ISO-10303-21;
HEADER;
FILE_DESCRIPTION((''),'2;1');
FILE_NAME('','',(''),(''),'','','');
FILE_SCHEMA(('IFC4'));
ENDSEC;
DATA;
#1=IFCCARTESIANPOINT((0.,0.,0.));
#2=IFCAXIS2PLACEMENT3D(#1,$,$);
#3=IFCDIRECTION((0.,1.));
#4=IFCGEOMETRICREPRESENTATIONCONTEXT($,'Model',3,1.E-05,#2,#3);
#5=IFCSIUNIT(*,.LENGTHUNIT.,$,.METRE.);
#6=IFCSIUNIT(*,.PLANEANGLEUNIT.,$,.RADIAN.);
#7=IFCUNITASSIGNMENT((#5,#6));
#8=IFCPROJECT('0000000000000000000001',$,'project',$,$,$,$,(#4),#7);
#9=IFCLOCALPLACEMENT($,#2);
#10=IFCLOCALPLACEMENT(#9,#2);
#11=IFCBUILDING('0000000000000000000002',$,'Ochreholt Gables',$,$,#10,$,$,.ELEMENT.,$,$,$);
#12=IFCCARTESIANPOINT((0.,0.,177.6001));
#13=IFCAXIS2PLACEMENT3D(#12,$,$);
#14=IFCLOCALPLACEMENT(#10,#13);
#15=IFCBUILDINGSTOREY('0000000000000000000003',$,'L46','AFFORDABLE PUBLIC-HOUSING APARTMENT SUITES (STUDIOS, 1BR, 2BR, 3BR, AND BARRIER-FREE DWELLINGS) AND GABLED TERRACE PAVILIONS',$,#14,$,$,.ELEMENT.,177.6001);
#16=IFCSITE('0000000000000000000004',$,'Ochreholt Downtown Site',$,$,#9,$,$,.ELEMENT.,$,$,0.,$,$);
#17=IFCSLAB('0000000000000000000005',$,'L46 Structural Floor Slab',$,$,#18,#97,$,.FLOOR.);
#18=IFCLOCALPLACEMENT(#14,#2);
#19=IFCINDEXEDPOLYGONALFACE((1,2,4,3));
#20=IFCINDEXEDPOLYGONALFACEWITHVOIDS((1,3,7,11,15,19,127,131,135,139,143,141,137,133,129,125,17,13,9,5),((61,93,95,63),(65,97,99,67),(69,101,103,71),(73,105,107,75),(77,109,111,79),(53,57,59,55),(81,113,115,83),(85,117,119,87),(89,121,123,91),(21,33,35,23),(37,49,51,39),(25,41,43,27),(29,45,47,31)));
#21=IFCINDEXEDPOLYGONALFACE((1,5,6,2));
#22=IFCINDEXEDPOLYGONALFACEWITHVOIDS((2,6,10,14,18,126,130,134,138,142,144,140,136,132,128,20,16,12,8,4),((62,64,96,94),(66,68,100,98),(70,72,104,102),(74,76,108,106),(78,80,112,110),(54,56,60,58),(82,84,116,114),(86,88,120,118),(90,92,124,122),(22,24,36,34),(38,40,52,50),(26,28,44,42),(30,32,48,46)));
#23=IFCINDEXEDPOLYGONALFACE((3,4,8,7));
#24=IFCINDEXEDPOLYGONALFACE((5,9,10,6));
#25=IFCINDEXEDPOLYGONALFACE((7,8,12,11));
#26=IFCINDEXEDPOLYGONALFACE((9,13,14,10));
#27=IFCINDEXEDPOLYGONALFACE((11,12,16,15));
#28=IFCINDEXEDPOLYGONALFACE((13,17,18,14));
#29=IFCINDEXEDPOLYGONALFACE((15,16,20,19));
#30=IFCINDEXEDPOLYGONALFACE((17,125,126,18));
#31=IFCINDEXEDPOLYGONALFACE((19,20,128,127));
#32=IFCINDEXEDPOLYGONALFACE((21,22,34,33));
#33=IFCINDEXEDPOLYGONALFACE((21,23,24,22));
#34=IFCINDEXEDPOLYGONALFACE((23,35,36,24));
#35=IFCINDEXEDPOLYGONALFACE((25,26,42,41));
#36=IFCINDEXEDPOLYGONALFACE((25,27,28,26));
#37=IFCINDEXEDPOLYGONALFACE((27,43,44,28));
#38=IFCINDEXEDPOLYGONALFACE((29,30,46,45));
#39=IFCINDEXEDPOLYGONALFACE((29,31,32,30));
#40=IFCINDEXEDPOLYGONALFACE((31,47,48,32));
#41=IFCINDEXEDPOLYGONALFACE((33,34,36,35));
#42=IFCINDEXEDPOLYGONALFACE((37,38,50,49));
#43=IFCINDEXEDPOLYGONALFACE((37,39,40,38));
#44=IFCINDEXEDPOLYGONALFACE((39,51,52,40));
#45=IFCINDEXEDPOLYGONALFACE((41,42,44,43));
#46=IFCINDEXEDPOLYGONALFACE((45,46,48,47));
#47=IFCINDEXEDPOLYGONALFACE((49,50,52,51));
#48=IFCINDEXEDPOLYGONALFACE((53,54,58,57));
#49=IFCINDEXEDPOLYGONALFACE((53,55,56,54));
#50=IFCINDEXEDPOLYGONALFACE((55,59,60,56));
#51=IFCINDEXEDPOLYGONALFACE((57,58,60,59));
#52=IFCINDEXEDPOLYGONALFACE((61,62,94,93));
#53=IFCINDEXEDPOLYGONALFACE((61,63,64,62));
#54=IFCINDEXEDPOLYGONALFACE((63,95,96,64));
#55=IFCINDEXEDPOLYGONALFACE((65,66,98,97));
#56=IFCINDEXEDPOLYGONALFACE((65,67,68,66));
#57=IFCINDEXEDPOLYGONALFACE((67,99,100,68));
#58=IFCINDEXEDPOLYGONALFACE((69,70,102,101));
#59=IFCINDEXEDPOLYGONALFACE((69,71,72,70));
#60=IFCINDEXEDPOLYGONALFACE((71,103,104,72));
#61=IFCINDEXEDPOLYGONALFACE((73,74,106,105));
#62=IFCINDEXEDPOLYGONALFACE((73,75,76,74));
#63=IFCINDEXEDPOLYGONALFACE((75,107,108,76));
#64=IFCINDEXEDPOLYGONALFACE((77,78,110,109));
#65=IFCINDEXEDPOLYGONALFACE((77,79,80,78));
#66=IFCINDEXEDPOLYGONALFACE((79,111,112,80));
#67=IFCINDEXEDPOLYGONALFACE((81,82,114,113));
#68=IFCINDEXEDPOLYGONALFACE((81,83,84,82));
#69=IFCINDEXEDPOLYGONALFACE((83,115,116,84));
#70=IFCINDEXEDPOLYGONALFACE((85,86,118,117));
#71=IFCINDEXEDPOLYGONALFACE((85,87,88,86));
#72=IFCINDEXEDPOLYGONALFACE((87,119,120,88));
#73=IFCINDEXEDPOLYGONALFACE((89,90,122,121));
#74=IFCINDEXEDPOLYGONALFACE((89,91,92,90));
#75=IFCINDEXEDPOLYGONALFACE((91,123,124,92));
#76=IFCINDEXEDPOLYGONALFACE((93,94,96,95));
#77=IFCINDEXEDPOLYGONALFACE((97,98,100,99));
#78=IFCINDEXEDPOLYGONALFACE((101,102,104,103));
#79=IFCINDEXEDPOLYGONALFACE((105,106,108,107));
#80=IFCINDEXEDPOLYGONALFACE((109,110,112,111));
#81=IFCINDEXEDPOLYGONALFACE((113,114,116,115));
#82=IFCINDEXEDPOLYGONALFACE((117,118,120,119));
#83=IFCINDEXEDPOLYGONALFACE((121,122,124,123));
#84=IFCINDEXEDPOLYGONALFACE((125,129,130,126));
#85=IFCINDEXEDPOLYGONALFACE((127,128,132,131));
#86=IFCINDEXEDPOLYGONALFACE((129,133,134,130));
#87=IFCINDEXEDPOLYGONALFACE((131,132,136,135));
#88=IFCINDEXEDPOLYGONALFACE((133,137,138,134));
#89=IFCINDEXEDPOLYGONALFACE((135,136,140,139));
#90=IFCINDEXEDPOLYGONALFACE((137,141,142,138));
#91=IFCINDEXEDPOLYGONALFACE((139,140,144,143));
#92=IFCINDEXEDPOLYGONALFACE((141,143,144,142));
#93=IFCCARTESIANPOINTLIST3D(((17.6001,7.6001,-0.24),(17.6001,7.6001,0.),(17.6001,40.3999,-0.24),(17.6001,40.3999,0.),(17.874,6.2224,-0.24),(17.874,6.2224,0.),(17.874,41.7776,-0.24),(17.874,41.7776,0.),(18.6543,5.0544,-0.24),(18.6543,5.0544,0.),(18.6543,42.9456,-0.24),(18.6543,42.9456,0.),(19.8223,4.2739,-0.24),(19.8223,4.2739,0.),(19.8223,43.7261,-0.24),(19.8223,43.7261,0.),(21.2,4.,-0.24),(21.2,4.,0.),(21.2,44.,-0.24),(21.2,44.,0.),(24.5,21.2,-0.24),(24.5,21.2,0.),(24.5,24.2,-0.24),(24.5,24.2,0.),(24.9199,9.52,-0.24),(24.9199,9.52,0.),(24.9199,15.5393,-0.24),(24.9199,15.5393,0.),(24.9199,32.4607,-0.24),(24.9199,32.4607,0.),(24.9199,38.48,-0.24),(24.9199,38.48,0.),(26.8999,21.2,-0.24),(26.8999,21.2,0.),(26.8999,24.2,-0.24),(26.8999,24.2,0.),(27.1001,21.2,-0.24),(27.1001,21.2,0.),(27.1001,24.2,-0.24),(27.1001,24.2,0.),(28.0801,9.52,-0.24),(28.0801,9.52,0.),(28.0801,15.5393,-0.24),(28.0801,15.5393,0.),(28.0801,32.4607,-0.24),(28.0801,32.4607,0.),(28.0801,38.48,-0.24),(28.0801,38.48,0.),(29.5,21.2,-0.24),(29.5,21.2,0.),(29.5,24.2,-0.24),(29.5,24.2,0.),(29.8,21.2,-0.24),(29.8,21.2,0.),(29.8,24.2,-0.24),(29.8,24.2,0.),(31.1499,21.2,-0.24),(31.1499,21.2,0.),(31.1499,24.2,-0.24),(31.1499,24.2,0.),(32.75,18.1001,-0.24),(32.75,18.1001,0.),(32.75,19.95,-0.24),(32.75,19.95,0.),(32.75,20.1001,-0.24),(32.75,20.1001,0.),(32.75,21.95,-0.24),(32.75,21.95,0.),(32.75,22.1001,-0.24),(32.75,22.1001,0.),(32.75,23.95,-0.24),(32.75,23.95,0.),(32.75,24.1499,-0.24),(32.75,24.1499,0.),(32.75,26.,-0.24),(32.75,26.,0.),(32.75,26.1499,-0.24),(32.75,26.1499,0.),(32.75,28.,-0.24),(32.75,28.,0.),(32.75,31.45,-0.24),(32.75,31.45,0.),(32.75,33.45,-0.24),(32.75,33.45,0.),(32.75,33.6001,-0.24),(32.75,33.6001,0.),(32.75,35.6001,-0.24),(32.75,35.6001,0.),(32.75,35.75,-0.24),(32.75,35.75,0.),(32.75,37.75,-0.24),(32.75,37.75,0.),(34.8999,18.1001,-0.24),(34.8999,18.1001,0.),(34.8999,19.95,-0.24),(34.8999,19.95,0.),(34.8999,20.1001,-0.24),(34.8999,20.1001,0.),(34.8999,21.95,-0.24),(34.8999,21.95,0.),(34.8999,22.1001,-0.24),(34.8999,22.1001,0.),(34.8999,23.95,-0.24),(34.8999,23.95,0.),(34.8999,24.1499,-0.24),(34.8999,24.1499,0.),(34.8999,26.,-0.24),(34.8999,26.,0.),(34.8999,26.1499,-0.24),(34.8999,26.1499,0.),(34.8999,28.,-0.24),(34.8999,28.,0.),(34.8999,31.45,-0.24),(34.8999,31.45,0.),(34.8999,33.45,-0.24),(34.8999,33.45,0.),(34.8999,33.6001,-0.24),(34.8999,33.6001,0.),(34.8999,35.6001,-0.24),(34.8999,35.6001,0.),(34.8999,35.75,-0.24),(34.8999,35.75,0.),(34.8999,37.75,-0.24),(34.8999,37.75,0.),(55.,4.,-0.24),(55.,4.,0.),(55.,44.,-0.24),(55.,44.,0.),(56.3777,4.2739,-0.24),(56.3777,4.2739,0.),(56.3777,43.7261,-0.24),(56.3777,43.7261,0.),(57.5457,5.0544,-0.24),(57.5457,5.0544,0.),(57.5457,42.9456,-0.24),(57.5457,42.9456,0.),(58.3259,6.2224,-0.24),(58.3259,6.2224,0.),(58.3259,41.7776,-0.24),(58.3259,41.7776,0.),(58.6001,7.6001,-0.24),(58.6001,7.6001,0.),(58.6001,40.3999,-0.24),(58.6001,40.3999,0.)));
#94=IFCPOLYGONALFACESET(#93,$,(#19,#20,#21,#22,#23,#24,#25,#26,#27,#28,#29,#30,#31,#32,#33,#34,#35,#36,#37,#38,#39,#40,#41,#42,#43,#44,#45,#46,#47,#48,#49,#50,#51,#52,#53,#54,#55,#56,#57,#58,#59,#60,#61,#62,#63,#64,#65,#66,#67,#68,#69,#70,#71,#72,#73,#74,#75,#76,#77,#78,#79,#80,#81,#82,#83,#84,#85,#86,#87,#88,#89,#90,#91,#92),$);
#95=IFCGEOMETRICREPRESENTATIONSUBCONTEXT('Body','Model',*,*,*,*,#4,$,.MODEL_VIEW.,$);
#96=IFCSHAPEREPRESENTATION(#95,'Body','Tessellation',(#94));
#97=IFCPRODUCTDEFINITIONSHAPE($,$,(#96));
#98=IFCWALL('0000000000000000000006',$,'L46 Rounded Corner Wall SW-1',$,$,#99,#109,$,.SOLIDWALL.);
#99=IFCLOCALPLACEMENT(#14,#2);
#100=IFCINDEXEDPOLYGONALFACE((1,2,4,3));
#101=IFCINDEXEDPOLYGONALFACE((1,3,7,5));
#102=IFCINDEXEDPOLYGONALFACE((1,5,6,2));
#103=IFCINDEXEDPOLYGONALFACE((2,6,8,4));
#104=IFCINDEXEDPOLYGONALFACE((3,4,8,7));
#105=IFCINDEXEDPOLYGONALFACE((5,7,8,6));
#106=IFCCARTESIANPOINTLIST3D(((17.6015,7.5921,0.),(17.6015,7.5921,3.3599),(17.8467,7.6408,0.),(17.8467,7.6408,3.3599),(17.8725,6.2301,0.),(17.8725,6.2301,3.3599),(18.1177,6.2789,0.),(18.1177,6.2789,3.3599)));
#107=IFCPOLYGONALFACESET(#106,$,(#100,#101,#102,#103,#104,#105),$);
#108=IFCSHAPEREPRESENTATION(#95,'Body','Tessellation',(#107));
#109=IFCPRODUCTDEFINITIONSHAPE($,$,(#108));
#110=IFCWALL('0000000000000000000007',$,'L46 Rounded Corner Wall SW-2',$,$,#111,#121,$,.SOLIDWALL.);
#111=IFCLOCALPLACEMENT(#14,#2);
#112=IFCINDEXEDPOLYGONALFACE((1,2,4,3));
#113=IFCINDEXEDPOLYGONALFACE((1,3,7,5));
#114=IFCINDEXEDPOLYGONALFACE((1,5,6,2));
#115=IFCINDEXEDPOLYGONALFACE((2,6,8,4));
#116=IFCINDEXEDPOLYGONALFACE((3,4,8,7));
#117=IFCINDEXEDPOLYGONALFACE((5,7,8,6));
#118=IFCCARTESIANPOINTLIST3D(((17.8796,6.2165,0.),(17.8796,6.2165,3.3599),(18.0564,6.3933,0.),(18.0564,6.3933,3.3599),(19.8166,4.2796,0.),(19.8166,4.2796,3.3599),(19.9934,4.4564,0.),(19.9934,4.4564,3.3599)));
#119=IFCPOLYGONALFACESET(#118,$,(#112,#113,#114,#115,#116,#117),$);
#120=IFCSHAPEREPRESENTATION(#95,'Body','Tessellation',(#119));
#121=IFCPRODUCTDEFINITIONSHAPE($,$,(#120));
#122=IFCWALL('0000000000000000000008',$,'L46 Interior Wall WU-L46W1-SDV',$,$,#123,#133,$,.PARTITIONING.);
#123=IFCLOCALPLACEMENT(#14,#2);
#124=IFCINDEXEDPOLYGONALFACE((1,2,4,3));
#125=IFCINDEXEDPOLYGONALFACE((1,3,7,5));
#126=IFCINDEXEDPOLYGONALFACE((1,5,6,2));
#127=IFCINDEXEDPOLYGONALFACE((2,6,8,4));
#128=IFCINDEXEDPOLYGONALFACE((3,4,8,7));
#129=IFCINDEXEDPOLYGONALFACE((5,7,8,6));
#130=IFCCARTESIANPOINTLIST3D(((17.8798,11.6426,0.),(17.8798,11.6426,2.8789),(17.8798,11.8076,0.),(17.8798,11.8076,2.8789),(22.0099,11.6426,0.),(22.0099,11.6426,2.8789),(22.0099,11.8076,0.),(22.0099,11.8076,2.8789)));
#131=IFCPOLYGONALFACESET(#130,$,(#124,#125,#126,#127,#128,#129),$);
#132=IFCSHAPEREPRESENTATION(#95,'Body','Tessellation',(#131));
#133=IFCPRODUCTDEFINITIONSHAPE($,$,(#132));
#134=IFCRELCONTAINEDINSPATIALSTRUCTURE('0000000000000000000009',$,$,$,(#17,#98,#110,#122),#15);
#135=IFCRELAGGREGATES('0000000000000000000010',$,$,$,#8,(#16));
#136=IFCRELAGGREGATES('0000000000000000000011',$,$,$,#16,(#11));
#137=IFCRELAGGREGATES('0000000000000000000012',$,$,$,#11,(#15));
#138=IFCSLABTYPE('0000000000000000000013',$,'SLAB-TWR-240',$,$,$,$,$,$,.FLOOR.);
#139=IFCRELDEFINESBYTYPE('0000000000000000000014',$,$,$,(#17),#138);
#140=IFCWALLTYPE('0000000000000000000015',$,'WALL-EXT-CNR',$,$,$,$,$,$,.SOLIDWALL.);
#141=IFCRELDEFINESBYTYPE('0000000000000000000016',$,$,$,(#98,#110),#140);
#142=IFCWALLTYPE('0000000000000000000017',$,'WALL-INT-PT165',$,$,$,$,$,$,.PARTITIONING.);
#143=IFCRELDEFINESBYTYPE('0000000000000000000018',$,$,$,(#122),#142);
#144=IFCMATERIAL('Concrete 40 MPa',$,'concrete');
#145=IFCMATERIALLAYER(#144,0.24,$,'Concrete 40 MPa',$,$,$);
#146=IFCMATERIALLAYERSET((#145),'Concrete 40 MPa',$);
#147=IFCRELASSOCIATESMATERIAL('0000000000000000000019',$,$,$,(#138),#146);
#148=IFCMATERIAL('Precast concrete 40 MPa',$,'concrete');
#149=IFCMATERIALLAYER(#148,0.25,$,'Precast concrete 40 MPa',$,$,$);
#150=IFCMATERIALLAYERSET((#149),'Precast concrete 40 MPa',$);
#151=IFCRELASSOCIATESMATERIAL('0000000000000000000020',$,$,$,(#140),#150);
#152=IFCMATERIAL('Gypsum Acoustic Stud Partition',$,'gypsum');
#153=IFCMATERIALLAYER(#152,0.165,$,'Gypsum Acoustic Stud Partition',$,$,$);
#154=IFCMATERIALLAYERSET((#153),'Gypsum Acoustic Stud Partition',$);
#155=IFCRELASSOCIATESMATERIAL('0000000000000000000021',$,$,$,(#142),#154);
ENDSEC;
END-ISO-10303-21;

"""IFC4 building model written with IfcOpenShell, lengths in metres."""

from ifc_helpers import new_model, si_unit, direction, frame, frame_2d, origin, place, context, subcontext, project, spatial, polyline, rectangle, outline, extrude, material, layer, layer_set, type_object, element, save


model = new_model("IFC4")

# Units and contexts
model_context = context("Model", 3, precision=1e-05, world=origin(), true_north=direction((0.0, 1.0)))
body_context = subcontext(model_context, "Body", "Model", "MODEL_VIEW")
ifc_project = project(units=[si_unit("LENGTHUNIT", "METRE"), si_unit("PLANEANGLEUNIT", "RADIAN")], contexts=[model_context])

# Site, building, storey
site_placement = place(None, origin())
site = spatial("IfcSite", under=ifc_project, at=site_placement, Name="Ochreholt Downtown Site", CompositionType="ELEMENT", RefElevation=0.0)
building_placement = place(site_placement, origin())
building = spatial("IfcBuilding", under=site, at=building_placement, Name="Ochreholt Gables", CompositionType="ELEMENT")
storey_placement = place(building_placement, frame((0.0, 0.0, 177.6001)))
storey = spatial("IfcBuildingStorey", under=building, at=storey_placement, Name="L46", Description="AFFORDABLE PUBLIC-HOUSING APARTMENT SUITES (STUDIOS, 1BR, 2BR, 3BR, AND BARRIER-FREE DWELLINGS) AND GABLED TERRACE PAVILIONS", CompositionType="ELEMENT", Elevation=177.6001)

# Shared definitions
ifc_material_1 = material(Name="Concrete 40 MPa", Category="concrete")

# Slab
ifc_layer_1 = layer(ifc_material_1, 0.24, Name="Concrete 40 MPa")
ifc_layer_set_1 = layer_set([ifc_layer_1], Name="Concrete 40 MPa")
slab_type_1 = type_object("IfcSlabType", Name="SLAB-TWR-240", PredefinedType="FLOOR", material=ifc_layer_set_1)
slab_1_placement = place(storey_placement, frame((0.0, 0.0, -0.24)))
element("IfcSlab", 1, at=slab_1_placement, inside=storey, type_object=slab_type_1, Name="L46 Structural Floor Slab", PredefinedType="FLOOR", context=body_context, shape_type="SweptSolid", body=[
    extrude(outline(polyline([(17.6001, 7.6001), (17.874, 6.2224), (18.6543, 5.0544), (19.8223, 4.2739), (21.2, 4.0), (55.0, 4.0), (56.3777, 4.2739), (57.5457, 5.0544), (58.3259, 6.2224), (58.6001, 7.6001), (58.6001, 40.3999), (58.3259, 41.7776), (57.5457, 42.9456), (56.3777, 43.7261), (55.0, 44.0), (21.2, 44.0), (19.8223, 43.7261), (18.6543, 42.9456), (17.874, 41.7776), (17.6001, 40.3999), (17.6001, 7.6001)]), holes=[polyline([(24.9199, 15.5393), (24.9199, 9.52), (28.0801, 9.52), (28.0801, 15.5393), (24.9199, 15.5393)]), polyline([(28.0801, 32.4607), (28.0801, 38.48), (24.9199, 38.48), (24.9199, 32.4607), (28.0801, 32.4607)]), polyline([(24.5, 21.2), (26.8999, 21.2), (26.8999, 24.2), (24.5, 24.2), (24.5, 21.2)]), polyline([(27.1001, 21.2), (29.5, 21.2), (29.5, 24.2), (27.1001, 24.2), (27.1001, 21.2)]), polyline([(32.75, 18.1001), (34.8999, 18.1001), (34.8999, 19.95), (32.75, 19.95), (32.75, 18.1001)]), polyline([(32.75, 20.1001), (34.8999, 20.1001), (34.8999, 21.95), (32.75, 21.95), (32.75, 20.1001)]), polyline([(32.75, 22.1001), (34.8999, 22.1001), (34.8999, 23.95), (32.75, 23.95), (32.75, 22.1001)]), polyline([(32.75, 24.1499), (34.8999, 24.1499), (34.8999, 26.0), (32.75, 26.0), (32.75, 24.1499)]), polyline([(32.75, 26.1499), (34.8999, 26.1499), (34.8999, 28.0), (32.75, 28.0), (32.75, 26.1499)]), polyline([(32.75, 31.45), (34.8999, 31.45), (34.8999, 33.45), (32.75, 33.45), (32.75, 31.45)]), polyline([(32.75, 33.6001), (34.8999, 33.6001), (34.8999, 35.6001), (32.75, 35.6001), (32.75, 33.6001)]), polyline([(32.75, 35.75), (34.8999, 35.75), (34.8999, 37.75), (32.75, 37.75), (32.75, 35.75)]), polyline([(29.8, 21.2), (31.1499, 21.2), (31.1499, 24.2), (29.8, 24.2), (29.8, 21.2)])]), origin(), (0.0, 0.0, 1.0), 0.24),
])

# Walls
ifc_material_2 = material(Name="Precast concrete 40 MPa", Category="concrete")
ifc_layer_2 = layer(ifc_material_2, 0.25, Name="Precast concrete 40 MPa")
ifc_layer_set_2 = layer_set([ifc_layer_2], Name="Precast concrete 40 MPa")
wall_type_1 = type_object("IfcWallType", Name="WALL-EXT-CNR", PredefinedType="SOLIDWALL", material=ifc_layer_set_2)
wall_1_placement = place(storey_placement, frame((17.7241, 7.6165, 0.0), z_axis=(0.0, 0.0, 1.0), x_axis=(0.195136, -0.980776, 0.0)))
element("IfcWall", 2, at=wall_1_placement, inside=storey, type_object=wall_type_1, Name="L46 Rounded Corner Wall SW-1", PredefinedType="SOLIDWALL", context=body_context, shape_type="SweptSolid", body=[
    extrude(rectangle(XDim=1.3887, YDim=0.25, at=frame_2d((0.6943, 0.0))), origin(), (0.0, 0.0, 1.0), 3.3599),
])
wall_2_placement = place(storey_placement, frame((17.968, 6.3049, 0.0), z_axis=(0.0, 0.0, 1.0), x_axis=(0.707107, -0.707107, 0.0)))
element("IfcWall", 3, at=wall_2_placement, inside=storey, type_object=wall_type_1, Name="L46 Rounded Corner Wall SW-2", PredefinedType="SOLIDWALL", context=body_context, shape_type="SweptSolid", body=[
    extrude(rectangle(XDim=2.7393, YDim=0.25, at=frame_2d((1.3696, 0.0))), origin(), (0.0, 0.0, 1.0), 3.3599),
])
ifc_material_3 = material(Name="Gypsum Acoustic Stud Partition", Category="gypsum")
ifc_layer_3 = layer(ifc_material_3, 0.165, Name="Gypsum Acoustic Stud Partition")
ifc_layer_set_3 = layer_set([ifc_layer_3], Name="Gypsum Acoustic Stud Partition")
wall_type_2 = type_object("IfcWallType", Name="WALL-INT-PT165", PredefinedType="PARTITIONING", material=ifc_layer_set_3)
wall_3_placement = place(storey_placement, frame((17.8799, 11.7251, 0.0), z_axis=(0.0, 0.0, 1.0), x_axis=(1.0, 0.0, 0.0)))
element("IfcWall", 4, at=wall_3_placement, inside=storey, type_object=wall_type_2, Name="L46 Interior Wall WU-L46W1-SDV", PredefinedType="PARTITIONING", context=body_context, shape_type="SweptSolid", body=[
    extrude(rectangle(XDim=4.1301, YDim=0.165, at=frame_2d((2.0649, 0.0))), origin(), (0.0, 0.0, 1.0), 2.8789),
])

save(model, "model.ifc")
